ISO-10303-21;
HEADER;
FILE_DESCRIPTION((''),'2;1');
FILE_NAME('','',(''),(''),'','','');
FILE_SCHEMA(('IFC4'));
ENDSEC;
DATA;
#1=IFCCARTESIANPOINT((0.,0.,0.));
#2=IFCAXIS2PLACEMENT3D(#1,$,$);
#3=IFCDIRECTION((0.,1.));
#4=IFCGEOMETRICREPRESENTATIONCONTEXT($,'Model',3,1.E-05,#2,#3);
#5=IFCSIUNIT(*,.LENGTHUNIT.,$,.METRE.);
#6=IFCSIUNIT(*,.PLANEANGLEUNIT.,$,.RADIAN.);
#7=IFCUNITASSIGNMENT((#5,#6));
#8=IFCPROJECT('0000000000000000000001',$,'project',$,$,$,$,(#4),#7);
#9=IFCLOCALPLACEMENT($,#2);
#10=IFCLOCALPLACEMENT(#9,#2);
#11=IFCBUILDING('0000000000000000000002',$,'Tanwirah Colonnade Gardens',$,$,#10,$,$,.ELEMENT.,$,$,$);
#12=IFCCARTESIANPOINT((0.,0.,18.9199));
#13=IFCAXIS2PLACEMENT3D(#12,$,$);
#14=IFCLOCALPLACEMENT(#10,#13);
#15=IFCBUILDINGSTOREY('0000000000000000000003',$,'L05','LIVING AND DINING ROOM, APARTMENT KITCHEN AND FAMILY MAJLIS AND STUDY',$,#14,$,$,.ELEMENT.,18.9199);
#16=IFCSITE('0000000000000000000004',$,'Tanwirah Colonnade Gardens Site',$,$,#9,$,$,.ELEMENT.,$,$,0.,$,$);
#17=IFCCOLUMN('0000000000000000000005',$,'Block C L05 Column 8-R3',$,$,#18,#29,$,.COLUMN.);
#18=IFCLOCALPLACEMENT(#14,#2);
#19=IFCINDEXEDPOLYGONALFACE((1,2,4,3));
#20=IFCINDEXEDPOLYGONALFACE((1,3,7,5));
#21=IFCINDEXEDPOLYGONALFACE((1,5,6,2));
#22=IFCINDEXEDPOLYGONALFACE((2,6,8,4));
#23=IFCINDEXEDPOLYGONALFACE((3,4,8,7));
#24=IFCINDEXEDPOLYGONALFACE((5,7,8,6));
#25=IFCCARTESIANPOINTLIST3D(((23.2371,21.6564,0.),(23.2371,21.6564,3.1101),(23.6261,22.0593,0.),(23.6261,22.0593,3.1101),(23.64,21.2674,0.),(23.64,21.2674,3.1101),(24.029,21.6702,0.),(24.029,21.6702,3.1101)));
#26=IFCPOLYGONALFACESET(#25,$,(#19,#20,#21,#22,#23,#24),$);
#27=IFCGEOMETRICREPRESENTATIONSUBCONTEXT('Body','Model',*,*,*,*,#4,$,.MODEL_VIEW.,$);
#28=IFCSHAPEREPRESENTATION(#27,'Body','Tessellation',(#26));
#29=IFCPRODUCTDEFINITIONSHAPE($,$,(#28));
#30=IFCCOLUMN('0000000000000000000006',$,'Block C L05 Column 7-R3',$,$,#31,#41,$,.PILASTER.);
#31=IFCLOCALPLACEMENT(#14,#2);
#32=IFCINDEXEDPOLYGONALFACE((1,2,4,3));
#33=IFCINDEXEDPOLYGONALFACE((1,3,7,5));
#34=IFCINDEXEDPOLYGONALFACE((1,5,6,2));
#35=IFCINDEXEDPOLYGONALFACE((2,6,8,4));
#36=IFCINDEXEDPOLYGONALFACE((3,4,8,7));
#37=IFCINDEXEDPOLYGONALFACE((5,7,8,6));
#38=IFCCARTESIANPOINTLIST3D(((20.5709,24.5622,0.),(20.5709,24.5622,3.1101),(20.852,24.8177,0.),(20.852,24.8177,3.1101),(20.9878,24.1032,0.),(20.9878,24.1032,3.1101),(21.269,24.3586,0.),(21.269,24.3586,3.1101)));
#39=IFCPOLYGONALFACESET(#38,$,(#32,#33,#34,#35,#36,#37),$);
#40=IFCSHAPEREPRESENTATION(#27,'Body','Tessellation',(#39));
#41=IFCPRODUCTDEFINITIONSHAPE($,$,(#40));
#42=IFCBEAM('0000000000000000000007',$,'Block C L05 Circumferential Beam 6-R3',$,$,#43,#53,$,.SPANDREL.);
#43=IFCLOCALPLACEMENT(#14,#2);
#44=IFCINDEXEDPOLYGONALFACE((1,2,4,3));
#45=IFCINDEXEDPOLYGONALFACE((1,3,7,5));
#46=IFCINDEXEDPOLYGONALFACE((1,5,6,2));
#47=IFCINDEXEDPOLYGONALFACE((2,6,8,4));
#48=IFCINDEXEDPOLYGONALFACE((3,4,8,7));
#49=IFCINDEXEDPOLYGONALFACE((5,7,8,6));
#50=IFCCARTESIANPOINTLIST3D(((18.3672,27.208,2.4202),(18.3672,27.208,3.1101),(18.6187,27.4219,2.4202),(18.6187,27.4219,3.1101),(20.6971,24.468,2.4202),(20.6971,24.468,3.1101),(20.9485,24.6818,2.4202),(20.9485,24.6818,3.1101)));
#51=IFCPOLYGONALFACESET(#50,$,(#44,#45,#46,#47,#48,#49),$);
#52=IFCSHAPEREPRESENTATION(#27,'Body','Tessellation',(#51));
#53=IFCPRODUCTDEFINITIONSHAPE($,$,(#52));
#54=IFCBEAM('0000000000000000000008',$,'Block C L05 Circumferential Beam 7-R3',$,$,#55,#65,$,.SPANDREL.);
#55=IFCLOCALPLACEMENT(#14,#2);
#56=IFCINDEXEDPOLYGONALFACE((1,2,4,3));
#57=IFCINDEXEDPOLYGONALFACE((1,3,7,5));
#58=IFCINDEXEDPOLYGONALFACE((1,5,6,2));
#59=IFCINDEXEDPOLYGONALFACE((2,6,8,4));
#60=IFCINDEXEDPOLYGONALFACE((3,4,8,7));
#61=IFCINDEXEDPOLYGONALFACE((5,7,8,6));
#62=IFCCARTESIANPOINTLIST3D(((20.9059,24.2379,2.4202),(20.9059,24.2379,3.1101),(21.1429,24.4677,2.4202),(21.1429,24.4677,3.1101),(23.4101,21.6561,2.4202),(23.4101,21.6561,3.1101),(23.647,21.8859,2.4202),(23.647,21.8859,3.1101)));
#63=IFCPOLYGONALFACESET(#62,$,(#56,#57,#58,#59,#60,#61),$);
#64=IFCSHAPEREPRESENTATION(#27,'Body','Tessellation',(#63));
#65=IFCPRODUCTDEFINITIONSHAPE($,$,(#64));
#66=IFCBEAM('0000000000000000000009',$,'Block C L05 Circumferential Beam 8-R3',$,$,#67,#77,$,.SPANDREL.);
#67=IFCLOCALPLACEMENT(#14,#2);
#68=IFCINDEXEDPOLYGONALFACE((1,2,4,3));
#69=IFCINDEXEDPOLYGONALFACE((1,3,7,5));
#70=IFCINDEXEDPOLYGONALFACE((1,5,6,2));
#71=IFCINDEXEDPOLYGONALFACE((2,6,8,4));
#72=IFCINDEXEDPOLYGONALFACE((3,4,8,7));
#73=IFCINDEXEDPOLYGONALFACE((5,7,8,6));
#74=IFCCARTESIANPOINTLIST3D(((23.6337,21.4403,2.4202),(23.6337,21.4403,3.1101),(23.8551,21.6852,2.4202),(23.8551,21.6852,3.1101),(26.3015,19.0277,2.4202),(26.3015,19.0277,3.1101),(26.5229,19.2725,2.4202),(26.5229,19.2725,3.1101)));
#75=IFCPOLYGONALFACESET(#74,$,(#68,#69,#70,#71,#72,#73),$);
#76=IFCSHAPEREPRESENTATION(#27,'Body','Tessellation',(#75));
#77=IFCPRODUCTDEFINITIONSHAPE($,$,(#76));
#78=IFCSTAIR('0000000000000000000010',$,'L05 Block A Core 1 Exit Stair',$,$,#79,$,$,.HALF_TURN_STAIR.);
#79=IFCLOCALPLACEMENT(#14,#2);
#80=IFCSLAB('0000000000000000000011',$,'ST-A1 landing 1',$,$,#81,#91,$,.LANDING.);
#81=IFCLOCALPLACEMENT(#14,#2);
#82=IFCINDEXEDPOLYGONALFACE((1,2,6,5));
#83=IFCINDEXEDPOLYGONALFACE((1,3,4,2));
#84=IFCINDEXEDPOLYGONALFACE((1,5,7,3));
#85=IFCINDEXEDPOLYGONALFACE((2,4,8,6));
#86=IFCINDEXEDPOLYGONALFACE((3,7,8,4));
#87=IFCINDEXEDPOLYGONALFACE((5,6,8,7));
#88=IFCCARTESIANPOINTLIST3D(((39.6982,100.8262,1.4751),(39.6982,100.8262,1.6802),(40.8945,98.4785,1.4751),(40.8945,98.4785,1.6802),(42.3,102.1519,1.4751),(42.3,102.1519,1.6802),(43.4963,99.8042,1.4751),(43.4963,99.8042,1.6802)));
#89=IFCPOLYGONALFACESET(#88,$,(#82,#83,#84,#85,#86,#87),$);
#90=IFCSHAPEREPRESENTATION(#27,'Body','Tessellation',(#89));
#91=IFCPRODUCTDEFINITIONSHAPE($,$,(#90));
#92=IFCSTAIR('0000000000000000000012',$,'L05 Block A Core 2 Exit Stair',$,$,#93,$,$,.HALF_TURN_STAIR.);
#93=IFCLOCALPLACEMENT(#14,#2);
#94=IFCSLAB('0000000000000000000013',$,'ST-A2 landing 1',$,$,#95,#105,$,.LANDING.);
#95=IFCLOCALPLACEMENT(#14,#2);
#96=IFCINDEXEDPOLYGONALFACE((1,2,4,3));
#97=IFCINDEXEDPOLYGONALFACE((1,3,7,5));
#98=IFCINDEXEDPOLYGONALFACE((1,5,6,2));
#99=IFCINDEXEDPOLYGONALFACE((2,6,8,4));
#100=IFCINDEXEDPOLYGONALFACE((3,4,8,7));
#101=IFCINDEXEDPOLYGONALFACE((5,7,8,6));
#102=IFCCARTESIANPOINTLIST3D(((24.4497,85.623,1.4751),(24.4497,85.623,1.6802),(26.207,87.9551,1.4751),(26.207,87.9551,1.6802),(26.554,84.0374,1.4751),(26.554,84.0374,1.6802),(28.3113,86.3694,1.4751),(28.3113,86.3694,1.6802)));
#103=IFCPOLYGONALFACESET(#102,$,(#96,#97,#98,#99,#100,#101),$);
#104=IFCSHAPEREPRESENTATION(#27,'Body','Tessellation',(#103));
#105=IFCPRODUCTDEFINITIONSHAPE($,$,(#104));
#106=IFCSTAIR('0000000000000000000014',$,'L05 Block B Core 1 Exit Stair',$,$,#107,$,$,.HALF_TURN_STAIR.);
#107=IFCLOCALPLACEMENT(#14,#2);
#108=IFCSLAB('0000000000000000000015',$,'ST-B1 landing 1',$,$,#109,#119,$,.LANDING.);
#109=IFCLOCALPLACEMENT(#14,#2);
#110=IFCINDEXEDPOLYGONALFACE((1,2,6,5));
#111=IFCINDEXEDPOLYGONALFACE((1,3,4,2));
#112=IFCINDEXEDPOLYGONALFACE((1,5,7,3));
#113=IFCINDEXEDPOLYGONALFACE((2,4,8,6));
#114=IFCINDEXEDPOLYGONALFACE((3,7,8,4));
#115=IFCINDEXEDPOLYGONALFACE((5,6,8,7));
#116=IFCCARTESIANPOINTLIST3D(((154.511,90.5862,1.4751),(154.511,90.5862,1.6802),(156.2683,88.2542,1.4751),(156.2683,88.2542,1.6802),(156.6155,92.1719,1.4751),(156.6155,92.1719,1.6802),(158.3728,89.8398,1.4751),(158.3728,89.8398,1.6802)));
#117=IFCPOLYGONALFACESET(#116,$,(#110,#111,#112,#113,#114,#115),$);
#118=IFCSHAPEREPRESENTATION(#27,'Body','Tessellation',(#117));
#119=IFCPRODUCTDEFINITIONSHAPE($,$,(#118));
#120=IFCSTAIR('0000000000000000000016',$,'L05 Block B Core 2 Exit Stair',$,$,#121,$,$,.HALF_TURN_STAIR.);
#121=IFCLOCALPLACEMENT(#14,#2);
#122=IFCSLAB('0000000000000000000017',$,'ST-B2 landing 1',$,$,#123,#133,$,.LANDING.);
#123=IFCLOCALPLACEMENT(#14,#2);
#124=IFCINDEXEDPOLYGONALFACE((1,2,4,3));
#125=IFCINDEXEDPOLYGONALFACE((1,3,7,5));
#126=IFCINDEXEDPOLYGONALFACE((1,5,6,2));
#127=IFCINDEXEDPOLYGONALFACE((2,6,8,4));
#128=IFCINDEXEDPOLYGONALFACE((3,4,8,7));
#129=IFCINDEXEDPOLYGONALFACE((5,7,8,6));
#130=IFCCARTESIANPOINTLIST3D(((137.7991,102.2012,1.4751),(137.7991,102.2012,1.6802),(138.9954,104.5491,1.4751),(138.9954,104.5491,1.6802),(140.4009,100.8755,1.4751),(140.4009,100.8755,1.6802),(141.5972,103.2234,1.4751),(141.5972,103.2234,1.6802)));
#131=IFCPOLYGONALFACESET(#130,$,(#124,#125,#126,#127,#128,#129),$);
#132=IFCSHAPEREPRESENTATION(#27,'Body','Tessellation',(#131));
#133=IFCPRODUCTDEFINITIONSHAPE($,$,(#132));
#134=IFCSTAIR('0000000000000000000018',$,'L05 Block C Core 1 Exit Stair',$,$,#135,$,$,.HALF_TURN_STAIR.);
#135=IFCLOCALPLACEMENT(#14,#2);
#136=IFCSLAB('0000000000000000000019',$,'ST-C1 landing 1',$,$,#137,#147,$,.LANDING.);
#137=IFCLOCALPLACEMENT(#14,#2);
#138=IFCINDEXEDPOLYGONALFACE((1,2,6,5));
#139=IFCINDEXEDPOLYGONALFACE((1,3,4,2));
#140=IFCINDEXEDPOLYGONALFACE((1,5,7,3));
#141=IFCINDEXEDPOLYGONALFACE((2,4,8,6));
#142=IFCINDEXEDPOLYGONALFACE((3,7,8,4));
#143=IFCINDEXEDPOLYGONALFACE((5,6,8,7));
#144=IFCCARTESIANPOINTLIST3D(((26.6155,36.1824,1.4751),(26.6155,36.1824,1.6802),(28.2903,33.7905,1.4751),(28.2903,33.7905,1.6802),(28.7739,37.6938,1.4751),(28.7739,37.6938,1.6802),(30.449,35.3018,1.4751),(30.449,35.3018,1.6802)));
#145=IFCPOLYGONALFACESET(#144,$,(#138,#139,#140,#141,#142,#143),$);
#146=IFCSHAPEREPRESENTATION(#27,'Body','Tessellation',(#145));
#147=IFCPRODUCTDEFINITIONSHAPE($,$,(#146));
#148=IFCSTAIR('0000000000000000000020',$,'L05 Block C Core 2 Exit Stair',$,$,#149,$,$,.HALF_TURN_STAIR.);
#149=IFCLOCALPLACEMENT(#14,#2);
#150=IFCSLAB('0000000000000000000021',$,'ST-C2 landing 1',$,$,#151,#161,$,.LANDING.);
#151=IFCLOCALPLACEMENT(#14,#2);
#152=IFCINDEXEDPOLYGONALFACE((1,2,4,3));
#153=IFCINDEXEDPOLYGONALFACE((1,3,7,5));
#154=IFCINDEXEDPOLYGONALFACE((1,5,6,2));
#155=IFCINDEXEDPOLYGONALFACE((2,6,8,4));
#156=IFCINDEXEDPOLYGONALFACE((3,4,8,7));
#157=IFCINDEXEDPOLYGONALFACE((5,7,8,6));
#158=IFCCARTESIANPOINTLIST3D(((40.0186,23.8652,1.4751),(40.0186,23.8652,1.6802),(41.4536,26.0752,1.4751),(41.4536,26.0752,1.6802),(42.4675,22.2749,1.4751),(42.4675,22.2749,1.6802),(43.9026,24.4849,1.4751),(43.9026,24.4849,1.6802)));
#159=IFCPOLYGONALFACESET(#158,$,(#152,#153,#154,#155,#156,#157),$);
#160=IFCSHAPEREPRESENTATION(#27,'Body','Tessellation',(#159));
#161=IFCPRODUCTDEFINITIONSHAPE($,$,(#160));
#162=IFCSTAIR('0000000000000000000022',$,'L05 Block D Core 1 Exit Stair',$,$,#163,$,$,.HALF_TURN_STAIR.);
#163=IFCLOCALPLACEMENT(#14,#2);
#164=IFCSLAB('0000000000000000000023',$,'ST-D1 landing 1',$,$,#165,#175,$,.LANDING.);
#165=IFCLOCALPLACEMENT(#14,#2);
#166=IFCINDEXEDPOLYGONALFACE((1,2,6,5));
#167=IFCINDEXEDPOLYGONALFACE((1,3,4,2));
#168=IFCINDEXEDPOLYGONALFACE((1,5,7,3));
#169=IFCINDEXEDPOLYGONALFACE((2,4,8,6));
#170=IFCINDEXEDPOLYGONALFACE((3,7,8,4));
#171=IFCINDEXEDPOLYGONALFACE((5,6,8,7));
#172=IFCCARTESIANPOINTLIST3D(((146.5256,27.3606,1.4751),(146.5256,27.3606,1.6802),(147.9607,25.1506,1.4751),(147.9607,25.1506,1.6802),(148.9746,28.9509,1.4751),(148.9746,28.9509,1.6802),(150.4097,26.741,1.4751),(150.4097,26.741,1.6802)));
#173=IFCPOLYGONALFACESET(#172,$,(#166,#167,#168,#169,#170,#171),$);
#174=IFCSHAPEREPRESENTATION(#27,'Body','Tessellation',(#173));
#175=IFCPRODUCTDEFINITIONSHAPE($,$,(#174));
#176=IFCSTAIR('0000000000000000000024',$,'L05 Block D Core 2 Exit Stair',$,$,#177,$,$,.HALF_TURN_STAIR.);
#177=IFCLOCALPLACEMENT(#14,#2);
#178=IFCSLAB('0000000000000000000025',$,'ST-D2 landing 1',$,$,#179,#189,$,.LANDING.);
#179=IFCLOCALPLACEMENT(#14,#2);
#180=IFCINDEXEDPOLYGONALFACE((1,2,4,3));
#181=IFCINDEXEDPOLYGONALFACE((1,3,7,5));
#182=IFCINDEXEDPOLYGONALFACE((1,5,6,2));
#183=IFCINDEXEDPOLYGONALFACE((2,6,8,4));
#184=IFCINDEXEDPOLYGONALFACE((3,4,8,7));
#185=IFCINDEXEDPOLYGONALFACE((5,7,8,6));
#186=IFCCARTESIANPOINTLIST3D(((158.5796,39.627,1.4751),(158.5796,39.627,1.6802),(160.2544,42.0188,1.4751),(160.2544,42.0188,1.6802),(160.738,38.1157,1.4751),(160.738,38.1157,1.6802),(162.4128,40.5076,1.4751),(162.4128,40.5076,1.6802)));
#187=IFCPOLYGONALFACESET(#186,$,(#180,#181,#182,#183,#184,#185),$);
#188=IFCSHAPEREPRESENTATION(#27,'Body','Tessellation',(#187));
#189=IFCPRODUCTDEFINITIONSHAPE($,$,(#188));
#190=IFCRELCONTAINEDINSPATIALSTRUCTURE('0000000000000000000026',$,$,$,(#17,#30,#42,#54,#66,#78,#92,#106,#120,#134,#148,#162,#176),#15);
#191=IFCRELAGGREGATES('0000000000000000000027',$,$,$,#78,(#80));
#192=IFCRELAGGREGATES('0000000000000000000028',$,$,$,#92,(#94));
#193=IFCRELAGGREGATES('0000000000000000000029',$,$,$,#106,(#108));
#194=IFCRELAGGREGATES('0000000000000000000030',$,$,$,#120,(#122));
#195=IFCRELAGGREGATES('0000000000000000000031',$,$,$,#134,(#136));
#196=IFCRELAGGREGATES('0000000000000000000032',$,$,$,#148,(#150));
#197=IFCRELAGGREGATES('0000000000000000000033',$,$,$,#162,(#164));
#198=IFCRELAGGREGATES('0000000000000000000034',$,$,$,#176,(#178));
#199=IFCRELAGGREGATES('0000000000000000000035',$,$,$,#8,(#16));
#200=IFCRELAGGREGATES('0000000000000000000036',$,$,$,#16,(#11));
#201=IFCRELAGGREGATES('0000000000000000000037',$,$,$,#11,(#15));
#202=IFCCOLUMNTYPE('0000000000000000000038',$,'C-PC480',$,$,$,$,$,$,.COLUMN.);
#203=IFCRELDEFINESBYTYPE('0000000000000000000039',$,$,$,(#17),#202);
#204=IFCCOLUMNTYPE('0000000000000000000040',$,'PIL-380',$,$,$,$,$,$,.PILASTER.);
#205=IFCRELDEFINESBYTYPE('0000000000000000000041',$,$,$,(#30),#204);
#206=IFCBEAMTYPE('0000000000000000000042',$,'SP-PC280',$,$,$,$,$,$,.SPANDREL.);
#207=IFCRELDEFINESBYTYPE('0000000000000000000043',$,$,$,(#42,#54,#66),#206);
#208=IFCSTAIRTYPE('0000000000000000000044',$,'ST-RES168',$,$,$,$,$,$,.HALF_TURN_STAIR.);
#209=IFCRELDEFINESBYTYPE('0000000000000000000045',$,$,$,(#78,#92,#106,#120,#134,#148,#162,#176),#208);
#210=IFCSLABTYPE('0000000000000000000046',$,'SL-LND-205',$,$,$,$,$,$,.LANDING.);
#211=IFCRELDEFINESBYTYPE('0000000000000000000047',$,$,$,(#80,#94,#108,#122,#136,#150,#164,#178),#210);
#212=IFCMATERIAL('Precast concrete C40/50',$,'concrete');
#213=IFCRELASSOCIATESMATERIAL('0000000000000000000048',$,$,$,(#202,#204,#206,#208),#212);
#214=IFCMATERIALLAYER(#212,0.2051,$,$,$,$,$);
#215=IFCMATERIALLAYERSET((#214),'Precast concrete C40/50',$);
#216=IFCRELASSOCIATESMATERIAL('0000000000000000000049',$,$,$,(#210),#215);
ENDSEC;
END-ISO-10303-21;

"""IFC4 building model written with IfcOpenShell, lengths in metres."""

from ifc_helpers import new_model, si_unit, direction, frame, origin, origin_2d, place, context, subcontext, project, spatial, polyline, rectangle, outline, extrude, material, layer, layer_set, material_profile, profile_set, type_object, element, aggregate, save


model = new_model("IFC4")

# Units and contexts
model_context = context("Model", 3, precision=1e-05, world=origin(), true_north=direction((0.0, 1.0)))
body_context = subcontext(model_context, "Body", "Model", "MODEL_VIEW")
ifc_project = project(units=[si_unit("LENGTHUNIT", "METRE"), si_unit("PLANEANGLEUNIT", "RADIAN")], contexts=[model_context])

# Site, building, storey
site_placement = place(None, origin())
site = spatial("IfcSite", under=ifc_project, at=site_placement, Name="Tanwirah Colonnade Gardens Site", CompositionType="ELEMENT", RefElevation=0.0)
building_placement = place(site_placement, origin())
building = spatial("IfcBuilding", under=site, at=building_placement, Name="Tanwirah Colonnade Gardens", CompositionType="ELEMENT")
storey_placement = place(building_placement, frame((0.0, 0.0, 18.9199)))
storey = spatial("IfcBuildingStorey", under=building, at=storey_placement, Name="L05", Description="LIVING AND DINING ROOM, APARTMENT KITCHEN AND FAMILY MAJLIS AND STUDY", CompositionType="ELEMENT", Elevation=18.9199)

# Columns
ifc_material_1 = material(Name="Precast concrete C40/50", Category="concrete")
ifc_material_profile_1 = material_profile(ifc_material_1, rectangle(XDim=0.5601, YDim=0.5601, at=origin_2d()), Name="PC-COL 560x560")
ifc_profile_set_1 = profile_set([ifc_material_profile_1], Name="Precast concrete C40/50")
column_type_1 = type_object("IfcColumnType", Name="C-PC480", PredefinedType="COLUMN", material=ifc_profile_set_1)
column_1_placement = place(storey_placement, frame((23.6331, 21.6633, 0.0), z_axis=(0.0, 0.0, 1.0), x_axis=(-0.694658, -0.71934, 0.0)))
element("IfcColumn", 1, at=column_1_placement, inside=storey, type_object=column_type_1, Name="Block C L05 Column 8-R3", PredefinedType="COLUMN", context=body_context, shape_type="SweptSolid", body=[
    extrude(rectangle(XDim=0.5601, YDim=0.5601, at=origin_2d()), origin(), (0.0, 0.0, 1.0), 3.1101),
])
ifc_material_profile_2 = material_profile(ifc_material_1, rectangle(XDim=0.3799, YDim=0.6201, at=origin_2d()), Name="PC-PIL 380x620")
ifc_profile_set_2 = profile_set([ifc_material_profile_2], Name="Precast concrete C40/50")
column_type_2 = type_object("IfcColumnType", Name="PIL-380", PredefinedType="PILASTER", material=ifc_profile_set_2)
column_2_placement = place(storey_placement, frame((20.9199, 24.4604, 0.0), z_axis=(0.0, 0.0, 1.0), x_axis=(-0.740218, -0.672367, 0.0)))
element("IfcColumn", 2, at=column_2_placement, inside=storey, type_object=column_type_2, Name="Block C L05 Column 7-R3", PredefinedType="PILASTER", context=body_context, shape_type="SweptSolid", body=[
    extrude(rectangle(XDim=0.3799, YDim=0.6201, at=origin_2d()), origin(), (0.0, 0.0, 1.0), 3.1101),
])

# Beams
ifc_material_profile_3 = material_profile(ifc_material_1, rectangle(XDim=0.3301, YDim=0.6899, at=origin_2d()), Name="PC-SP 330x690")
ifc_profile_set_3 = profile_set([ifc_material_profile_3], Name="Precast concrete C40/50")
beam_type = type_object("IfcBeamType", Name="SP-PC280", PredefinedType="SPANDREL", material=ifc_profile_set_3)
for number, where, z_axis, x_axis, name in (
    (3, (18.4929, 27.3149, 2.7651), (0.647784, -0.761824, 0.0), (0.761824, 0.647784, 0.0), "Block C L05 Circumferential Beam 6-R3"),
    (4, (21.0244, 24.3528, 2.7651), (0.696232, -0.717817, 0.0), (0.717817, 0.696232, 0.0), "Block C L05 Circumferential Beam 7-R3"),
):
    element("IfcBeam", number, at=place(storey_placement, frame(where, z_axis=z_axis, x_axis=x_axis)), inside=storey, type_object=beam_type, Name=name, PredefinedType="SPANDREL", context=body_context, shape_type="SweptSolid", body=[
        extrude(rectangle(XDim=0.3301, YDim=0.6899, at=origin_2d()), origin(), (0.0, 0.0, 1.0), 3.5967),
    ])
beam_placement = place(storey_placement, frame((23.7444, 21.5627, 2.7651), z_axis=(0.741682, -0.670752, 0.0), x_axis=(0.670752, 0.741682, 0.0)))
element("IfcBeam", 5, at=beam_placement, inside=storey, type_object=beam_type, Name="Block C L05 Circumferential Beam 8-R3", PredefinedType="SPANDREL", context=body_context, shape_type="SweptSolid", body=[
    extrude(rectangle(XDim=0.3301, YDim=0.6899, at=origin_2d()), origin(), (0.0, 0.0, 1.0), 3.5969),
])

# Stairs, slabs
stair_type = type_object("IfcStairType", Name="ST-RES168", PredefinedType="HALF_TURN_STAIR", material=ifc_material_1)
stair_1_placement = place(storey_placement, origin())
stair_1 = element("IfcStair", 6, at=stair_1_placement, inside=storey, type_object=stair_type, Name="L05 Block A Core 1 Exit Stair", PredefinedType="HALF_TURN_STAIR")
ifc_layer_1 = layer(ifc_material_1, 0.2051)
ifc_layer_set_1 = layer_set([ifc_layer_1], Name="Precast concrete C40/50")
slab_type_1 = type_object("IfcSlabType", Name="SL-LND-205", PredefinedType="LANDING", material=ifc_layer_set_1)
slab_1_placement = place(storey_placement, frame((0.0, 0.0, 1.4751)))
slab_1 = element("IfcSlab", 7, at=slab_1_placement, type_object=slab_type_1, Name="ST-A1 landing 1", PredefinedType="LANDING", context=body_context, shape_type="SweptSolid", body=[
    extrude(outline(polyline([(39.6982, 100.8262), (40.8945, 98.4785), (43.4963, 99.8042), (42.3, 102.1519), (39.6982, 100.8262)])), origin(), (0.0, 0.0, 1.0), 0.2051),
])
aggregate(stair_1, [slab_1])
stair_2_placement = place(storey_placement, origin())
stair_2 = element("IfcStair", 8, at=stair_2_placement, inside=storey, type_object=stair_type, Name="L05 Block A Core 2 Exit Stair", PredefinedType="HALF_TURN_STAIR")
slab_2_placement = place(storey_placement, frame((0.0, 0.0, 1.4751)))
slab_2 = element("IfcSlab", 9, at=slab_2_placement, type_object=slab_type_1, Name="ST-A2 landing 1", PredefinedType="LANDING", context=body_context, shape_type="SweptSolid", body=[
    extrude(outline(polyline([(24.4497, 85.623), (26.554, 84.0374), (28.3113, 86.3694), (26.207, 87.9551), (24.4497, 85.623)])), origin(), (0.0, 0.0, 1.0), 0.2051),
])
aggregate(stair_2, [slab_2])
stair_3_placement = place(storey_placement, origin())
stair_3 = element("IfcStair", 10, at=stair_3_placement, inside=storey, type_object=stair_type, Name="L05 Block B Core 1 Exit Stair", PredefinedType="HALF_TURN_STAIR")
slab_3_placement = place(storey_placement, frame((0.0, 0.0, 1.4751)))
slab_3 = element("IfcSlab", 11, at=slab_3_placement, type_object=slab_type_1, Name="ST-B1 landing 1", PredefinedType="LANDING", context=body_context, shape_type="SweptSolid", body=[
    extrude(outline(polyline([(156.6155, 92.1719), (154.511, 90.5862), (156.2683, 88.2542), (158.3728, 89.8398), (156.6155, 92.1719)])), origin(), (0.0, 0.0, 1.0), 0.2051),
])
aggregate(stair_3, [slab_3])
stair_4_placement = place(storey_placement, origin())
stair_4 = element("IfcStair", 12, at=stair_4_placement, inside=storey, type_object=stair_type, Name="L05 Block B Core 2 Exit Stair", PredefinedType="HALF_TURN_STAIR")
slab_4_placement = place(storey_placement, frame((0.0, 0.0, 1.4751)))
slab_4 = element("IfcSlab", 13, at=slab_4_placement, type_object=slab_type_1, Name="ST-B2 landing 1", PredefinedType="LANDING", context=body_context, shape_type="SweptSolid", body=[
    extrude(outline(polyline([(138.9954, 104.5491), (137.7991, 102.2012), (140.4009, 100.8755), (141.5972, 103.2234), (138.9954, 104.5491)])), origin(), (0.0, 0.0, 1.0), 0.2051),
])
aggregate(stair_4, [slab_4])
stair_5_placement = place(storey_placement, origin())
stair_5 = element("IfcStair", 14, at=stair_5_placement, inside=storey, type_object=stair_type, Name="L05 Block C Core 1 Exit Stair", PredefinedType="HALF_TURN_STAIR")
slab_5_placement = place(storey_placement, frame((0.0, 0.0, 1.4751)))
slab_5 = element("IfcSlab", 15, at=slab_5_placement, type_object=slab_type_1, Name="ST-C1 landing 1", PredefinedType="LANDING", context=body_context, shape_type="SweptSolid", body=[
    extrude(outline(polyline([(28.2903, 33.7905), (30.449, 35.3018), (28.7739, 37.6938), (26.6155, 36.1824), (28.2903, 33.7905)])), origin(), (0.0, 0.0, 1.0), 0.2051),
])
aggregate(stair_5, [slab_5])
stair_6_placement = place(storey_placement, origin())
stair_6 = element("IfcStair", 16, at=stair_6_placement, inside=storey, type_object=stair_type, Name="L05 Block C Core 2 Exit Stair", PredefinedType="HALF_TURN_STAIR")
slab_6_placement = place(storey_placement, frame((0.0, 0.0, 1.4751)))
slab_6 = element("IfcSlab", 17, at=slab_6_placement, type_object=slab_type_1, Name="ST-C2 landing 1", PredefinedType="LANDING", context=body_context, shape_type="SweptSolid", body=[
    extrude(outline(polyline([(42.4675, 22.2749), (43.9026, 24.4849), (41.4536, 26.0752), (40.0186, 23.8652), (42.4675, 22.2749)])), origin(), (0.0, 0.0, 1.0), 0.2051),
])
aggregate(stair_6, [slab_6])
stair_7_placement = place(storey_placement, origin())
stair_7 = element("IfcStair", 18, at=stair_7_placement, inside=storey, type_object=stair_type, Name="L05 Block D Core 1 Exit Stair", PredefinedType="HALF_TURN_STAIR")
slab_7_placement = place(storey_placement, frame((0.0, 0.0, 1.4751)))
slab_7 = element("IfcSlab", 19, at=slab_7_placement, type_object=slab_type_1, Name="ST-D1 landing 1", PredefinedType="LANDING", context=body_context, shape_type="SweptSolid", body=[
    extrude(outline(polyline([(150.4097, 26.741), (148.9746, 28.9509), (146.5256, 27.3606), (147.9607, 25.1506), (150.4097, 26.741)])), origin(), (0.0, 0.0, 1.0), 0.2051),
])
aggregate(stair_7, [slab_7])
stair_8_placement = place(storey_placement, origin())
stair_8 = element("IfcStair", 20, at=stair_8_placement, inside=storey, type_object=stair_type, Name="L05 Block D Core 2 Exit Stair", PredefinedType="HALF_TURN_STAIR")
slab_8_placement = place(storey_placement, frame((0.0, 0.0, 1.4751)))
slab_8 = element("IfcSlab", 21, at=slab_8_placement, type_object=slab_type_1, Name="ST-D2 landing 1", PredefinedType="LANDING", context=body_context, shape_type="SweptSolid", body=[
    extrude(outline(polyline([(162.4128, 40.5076), (160.2544, 42.0188), (158.5796, 39.627), (160.738, 38.1157), (162.4128, 40.5076)])), origin(), (0.0, 0.0, 1.0), 0.2051),
])
aggregate(stair_8, [slab_8])

save(model, "model.ifc")
